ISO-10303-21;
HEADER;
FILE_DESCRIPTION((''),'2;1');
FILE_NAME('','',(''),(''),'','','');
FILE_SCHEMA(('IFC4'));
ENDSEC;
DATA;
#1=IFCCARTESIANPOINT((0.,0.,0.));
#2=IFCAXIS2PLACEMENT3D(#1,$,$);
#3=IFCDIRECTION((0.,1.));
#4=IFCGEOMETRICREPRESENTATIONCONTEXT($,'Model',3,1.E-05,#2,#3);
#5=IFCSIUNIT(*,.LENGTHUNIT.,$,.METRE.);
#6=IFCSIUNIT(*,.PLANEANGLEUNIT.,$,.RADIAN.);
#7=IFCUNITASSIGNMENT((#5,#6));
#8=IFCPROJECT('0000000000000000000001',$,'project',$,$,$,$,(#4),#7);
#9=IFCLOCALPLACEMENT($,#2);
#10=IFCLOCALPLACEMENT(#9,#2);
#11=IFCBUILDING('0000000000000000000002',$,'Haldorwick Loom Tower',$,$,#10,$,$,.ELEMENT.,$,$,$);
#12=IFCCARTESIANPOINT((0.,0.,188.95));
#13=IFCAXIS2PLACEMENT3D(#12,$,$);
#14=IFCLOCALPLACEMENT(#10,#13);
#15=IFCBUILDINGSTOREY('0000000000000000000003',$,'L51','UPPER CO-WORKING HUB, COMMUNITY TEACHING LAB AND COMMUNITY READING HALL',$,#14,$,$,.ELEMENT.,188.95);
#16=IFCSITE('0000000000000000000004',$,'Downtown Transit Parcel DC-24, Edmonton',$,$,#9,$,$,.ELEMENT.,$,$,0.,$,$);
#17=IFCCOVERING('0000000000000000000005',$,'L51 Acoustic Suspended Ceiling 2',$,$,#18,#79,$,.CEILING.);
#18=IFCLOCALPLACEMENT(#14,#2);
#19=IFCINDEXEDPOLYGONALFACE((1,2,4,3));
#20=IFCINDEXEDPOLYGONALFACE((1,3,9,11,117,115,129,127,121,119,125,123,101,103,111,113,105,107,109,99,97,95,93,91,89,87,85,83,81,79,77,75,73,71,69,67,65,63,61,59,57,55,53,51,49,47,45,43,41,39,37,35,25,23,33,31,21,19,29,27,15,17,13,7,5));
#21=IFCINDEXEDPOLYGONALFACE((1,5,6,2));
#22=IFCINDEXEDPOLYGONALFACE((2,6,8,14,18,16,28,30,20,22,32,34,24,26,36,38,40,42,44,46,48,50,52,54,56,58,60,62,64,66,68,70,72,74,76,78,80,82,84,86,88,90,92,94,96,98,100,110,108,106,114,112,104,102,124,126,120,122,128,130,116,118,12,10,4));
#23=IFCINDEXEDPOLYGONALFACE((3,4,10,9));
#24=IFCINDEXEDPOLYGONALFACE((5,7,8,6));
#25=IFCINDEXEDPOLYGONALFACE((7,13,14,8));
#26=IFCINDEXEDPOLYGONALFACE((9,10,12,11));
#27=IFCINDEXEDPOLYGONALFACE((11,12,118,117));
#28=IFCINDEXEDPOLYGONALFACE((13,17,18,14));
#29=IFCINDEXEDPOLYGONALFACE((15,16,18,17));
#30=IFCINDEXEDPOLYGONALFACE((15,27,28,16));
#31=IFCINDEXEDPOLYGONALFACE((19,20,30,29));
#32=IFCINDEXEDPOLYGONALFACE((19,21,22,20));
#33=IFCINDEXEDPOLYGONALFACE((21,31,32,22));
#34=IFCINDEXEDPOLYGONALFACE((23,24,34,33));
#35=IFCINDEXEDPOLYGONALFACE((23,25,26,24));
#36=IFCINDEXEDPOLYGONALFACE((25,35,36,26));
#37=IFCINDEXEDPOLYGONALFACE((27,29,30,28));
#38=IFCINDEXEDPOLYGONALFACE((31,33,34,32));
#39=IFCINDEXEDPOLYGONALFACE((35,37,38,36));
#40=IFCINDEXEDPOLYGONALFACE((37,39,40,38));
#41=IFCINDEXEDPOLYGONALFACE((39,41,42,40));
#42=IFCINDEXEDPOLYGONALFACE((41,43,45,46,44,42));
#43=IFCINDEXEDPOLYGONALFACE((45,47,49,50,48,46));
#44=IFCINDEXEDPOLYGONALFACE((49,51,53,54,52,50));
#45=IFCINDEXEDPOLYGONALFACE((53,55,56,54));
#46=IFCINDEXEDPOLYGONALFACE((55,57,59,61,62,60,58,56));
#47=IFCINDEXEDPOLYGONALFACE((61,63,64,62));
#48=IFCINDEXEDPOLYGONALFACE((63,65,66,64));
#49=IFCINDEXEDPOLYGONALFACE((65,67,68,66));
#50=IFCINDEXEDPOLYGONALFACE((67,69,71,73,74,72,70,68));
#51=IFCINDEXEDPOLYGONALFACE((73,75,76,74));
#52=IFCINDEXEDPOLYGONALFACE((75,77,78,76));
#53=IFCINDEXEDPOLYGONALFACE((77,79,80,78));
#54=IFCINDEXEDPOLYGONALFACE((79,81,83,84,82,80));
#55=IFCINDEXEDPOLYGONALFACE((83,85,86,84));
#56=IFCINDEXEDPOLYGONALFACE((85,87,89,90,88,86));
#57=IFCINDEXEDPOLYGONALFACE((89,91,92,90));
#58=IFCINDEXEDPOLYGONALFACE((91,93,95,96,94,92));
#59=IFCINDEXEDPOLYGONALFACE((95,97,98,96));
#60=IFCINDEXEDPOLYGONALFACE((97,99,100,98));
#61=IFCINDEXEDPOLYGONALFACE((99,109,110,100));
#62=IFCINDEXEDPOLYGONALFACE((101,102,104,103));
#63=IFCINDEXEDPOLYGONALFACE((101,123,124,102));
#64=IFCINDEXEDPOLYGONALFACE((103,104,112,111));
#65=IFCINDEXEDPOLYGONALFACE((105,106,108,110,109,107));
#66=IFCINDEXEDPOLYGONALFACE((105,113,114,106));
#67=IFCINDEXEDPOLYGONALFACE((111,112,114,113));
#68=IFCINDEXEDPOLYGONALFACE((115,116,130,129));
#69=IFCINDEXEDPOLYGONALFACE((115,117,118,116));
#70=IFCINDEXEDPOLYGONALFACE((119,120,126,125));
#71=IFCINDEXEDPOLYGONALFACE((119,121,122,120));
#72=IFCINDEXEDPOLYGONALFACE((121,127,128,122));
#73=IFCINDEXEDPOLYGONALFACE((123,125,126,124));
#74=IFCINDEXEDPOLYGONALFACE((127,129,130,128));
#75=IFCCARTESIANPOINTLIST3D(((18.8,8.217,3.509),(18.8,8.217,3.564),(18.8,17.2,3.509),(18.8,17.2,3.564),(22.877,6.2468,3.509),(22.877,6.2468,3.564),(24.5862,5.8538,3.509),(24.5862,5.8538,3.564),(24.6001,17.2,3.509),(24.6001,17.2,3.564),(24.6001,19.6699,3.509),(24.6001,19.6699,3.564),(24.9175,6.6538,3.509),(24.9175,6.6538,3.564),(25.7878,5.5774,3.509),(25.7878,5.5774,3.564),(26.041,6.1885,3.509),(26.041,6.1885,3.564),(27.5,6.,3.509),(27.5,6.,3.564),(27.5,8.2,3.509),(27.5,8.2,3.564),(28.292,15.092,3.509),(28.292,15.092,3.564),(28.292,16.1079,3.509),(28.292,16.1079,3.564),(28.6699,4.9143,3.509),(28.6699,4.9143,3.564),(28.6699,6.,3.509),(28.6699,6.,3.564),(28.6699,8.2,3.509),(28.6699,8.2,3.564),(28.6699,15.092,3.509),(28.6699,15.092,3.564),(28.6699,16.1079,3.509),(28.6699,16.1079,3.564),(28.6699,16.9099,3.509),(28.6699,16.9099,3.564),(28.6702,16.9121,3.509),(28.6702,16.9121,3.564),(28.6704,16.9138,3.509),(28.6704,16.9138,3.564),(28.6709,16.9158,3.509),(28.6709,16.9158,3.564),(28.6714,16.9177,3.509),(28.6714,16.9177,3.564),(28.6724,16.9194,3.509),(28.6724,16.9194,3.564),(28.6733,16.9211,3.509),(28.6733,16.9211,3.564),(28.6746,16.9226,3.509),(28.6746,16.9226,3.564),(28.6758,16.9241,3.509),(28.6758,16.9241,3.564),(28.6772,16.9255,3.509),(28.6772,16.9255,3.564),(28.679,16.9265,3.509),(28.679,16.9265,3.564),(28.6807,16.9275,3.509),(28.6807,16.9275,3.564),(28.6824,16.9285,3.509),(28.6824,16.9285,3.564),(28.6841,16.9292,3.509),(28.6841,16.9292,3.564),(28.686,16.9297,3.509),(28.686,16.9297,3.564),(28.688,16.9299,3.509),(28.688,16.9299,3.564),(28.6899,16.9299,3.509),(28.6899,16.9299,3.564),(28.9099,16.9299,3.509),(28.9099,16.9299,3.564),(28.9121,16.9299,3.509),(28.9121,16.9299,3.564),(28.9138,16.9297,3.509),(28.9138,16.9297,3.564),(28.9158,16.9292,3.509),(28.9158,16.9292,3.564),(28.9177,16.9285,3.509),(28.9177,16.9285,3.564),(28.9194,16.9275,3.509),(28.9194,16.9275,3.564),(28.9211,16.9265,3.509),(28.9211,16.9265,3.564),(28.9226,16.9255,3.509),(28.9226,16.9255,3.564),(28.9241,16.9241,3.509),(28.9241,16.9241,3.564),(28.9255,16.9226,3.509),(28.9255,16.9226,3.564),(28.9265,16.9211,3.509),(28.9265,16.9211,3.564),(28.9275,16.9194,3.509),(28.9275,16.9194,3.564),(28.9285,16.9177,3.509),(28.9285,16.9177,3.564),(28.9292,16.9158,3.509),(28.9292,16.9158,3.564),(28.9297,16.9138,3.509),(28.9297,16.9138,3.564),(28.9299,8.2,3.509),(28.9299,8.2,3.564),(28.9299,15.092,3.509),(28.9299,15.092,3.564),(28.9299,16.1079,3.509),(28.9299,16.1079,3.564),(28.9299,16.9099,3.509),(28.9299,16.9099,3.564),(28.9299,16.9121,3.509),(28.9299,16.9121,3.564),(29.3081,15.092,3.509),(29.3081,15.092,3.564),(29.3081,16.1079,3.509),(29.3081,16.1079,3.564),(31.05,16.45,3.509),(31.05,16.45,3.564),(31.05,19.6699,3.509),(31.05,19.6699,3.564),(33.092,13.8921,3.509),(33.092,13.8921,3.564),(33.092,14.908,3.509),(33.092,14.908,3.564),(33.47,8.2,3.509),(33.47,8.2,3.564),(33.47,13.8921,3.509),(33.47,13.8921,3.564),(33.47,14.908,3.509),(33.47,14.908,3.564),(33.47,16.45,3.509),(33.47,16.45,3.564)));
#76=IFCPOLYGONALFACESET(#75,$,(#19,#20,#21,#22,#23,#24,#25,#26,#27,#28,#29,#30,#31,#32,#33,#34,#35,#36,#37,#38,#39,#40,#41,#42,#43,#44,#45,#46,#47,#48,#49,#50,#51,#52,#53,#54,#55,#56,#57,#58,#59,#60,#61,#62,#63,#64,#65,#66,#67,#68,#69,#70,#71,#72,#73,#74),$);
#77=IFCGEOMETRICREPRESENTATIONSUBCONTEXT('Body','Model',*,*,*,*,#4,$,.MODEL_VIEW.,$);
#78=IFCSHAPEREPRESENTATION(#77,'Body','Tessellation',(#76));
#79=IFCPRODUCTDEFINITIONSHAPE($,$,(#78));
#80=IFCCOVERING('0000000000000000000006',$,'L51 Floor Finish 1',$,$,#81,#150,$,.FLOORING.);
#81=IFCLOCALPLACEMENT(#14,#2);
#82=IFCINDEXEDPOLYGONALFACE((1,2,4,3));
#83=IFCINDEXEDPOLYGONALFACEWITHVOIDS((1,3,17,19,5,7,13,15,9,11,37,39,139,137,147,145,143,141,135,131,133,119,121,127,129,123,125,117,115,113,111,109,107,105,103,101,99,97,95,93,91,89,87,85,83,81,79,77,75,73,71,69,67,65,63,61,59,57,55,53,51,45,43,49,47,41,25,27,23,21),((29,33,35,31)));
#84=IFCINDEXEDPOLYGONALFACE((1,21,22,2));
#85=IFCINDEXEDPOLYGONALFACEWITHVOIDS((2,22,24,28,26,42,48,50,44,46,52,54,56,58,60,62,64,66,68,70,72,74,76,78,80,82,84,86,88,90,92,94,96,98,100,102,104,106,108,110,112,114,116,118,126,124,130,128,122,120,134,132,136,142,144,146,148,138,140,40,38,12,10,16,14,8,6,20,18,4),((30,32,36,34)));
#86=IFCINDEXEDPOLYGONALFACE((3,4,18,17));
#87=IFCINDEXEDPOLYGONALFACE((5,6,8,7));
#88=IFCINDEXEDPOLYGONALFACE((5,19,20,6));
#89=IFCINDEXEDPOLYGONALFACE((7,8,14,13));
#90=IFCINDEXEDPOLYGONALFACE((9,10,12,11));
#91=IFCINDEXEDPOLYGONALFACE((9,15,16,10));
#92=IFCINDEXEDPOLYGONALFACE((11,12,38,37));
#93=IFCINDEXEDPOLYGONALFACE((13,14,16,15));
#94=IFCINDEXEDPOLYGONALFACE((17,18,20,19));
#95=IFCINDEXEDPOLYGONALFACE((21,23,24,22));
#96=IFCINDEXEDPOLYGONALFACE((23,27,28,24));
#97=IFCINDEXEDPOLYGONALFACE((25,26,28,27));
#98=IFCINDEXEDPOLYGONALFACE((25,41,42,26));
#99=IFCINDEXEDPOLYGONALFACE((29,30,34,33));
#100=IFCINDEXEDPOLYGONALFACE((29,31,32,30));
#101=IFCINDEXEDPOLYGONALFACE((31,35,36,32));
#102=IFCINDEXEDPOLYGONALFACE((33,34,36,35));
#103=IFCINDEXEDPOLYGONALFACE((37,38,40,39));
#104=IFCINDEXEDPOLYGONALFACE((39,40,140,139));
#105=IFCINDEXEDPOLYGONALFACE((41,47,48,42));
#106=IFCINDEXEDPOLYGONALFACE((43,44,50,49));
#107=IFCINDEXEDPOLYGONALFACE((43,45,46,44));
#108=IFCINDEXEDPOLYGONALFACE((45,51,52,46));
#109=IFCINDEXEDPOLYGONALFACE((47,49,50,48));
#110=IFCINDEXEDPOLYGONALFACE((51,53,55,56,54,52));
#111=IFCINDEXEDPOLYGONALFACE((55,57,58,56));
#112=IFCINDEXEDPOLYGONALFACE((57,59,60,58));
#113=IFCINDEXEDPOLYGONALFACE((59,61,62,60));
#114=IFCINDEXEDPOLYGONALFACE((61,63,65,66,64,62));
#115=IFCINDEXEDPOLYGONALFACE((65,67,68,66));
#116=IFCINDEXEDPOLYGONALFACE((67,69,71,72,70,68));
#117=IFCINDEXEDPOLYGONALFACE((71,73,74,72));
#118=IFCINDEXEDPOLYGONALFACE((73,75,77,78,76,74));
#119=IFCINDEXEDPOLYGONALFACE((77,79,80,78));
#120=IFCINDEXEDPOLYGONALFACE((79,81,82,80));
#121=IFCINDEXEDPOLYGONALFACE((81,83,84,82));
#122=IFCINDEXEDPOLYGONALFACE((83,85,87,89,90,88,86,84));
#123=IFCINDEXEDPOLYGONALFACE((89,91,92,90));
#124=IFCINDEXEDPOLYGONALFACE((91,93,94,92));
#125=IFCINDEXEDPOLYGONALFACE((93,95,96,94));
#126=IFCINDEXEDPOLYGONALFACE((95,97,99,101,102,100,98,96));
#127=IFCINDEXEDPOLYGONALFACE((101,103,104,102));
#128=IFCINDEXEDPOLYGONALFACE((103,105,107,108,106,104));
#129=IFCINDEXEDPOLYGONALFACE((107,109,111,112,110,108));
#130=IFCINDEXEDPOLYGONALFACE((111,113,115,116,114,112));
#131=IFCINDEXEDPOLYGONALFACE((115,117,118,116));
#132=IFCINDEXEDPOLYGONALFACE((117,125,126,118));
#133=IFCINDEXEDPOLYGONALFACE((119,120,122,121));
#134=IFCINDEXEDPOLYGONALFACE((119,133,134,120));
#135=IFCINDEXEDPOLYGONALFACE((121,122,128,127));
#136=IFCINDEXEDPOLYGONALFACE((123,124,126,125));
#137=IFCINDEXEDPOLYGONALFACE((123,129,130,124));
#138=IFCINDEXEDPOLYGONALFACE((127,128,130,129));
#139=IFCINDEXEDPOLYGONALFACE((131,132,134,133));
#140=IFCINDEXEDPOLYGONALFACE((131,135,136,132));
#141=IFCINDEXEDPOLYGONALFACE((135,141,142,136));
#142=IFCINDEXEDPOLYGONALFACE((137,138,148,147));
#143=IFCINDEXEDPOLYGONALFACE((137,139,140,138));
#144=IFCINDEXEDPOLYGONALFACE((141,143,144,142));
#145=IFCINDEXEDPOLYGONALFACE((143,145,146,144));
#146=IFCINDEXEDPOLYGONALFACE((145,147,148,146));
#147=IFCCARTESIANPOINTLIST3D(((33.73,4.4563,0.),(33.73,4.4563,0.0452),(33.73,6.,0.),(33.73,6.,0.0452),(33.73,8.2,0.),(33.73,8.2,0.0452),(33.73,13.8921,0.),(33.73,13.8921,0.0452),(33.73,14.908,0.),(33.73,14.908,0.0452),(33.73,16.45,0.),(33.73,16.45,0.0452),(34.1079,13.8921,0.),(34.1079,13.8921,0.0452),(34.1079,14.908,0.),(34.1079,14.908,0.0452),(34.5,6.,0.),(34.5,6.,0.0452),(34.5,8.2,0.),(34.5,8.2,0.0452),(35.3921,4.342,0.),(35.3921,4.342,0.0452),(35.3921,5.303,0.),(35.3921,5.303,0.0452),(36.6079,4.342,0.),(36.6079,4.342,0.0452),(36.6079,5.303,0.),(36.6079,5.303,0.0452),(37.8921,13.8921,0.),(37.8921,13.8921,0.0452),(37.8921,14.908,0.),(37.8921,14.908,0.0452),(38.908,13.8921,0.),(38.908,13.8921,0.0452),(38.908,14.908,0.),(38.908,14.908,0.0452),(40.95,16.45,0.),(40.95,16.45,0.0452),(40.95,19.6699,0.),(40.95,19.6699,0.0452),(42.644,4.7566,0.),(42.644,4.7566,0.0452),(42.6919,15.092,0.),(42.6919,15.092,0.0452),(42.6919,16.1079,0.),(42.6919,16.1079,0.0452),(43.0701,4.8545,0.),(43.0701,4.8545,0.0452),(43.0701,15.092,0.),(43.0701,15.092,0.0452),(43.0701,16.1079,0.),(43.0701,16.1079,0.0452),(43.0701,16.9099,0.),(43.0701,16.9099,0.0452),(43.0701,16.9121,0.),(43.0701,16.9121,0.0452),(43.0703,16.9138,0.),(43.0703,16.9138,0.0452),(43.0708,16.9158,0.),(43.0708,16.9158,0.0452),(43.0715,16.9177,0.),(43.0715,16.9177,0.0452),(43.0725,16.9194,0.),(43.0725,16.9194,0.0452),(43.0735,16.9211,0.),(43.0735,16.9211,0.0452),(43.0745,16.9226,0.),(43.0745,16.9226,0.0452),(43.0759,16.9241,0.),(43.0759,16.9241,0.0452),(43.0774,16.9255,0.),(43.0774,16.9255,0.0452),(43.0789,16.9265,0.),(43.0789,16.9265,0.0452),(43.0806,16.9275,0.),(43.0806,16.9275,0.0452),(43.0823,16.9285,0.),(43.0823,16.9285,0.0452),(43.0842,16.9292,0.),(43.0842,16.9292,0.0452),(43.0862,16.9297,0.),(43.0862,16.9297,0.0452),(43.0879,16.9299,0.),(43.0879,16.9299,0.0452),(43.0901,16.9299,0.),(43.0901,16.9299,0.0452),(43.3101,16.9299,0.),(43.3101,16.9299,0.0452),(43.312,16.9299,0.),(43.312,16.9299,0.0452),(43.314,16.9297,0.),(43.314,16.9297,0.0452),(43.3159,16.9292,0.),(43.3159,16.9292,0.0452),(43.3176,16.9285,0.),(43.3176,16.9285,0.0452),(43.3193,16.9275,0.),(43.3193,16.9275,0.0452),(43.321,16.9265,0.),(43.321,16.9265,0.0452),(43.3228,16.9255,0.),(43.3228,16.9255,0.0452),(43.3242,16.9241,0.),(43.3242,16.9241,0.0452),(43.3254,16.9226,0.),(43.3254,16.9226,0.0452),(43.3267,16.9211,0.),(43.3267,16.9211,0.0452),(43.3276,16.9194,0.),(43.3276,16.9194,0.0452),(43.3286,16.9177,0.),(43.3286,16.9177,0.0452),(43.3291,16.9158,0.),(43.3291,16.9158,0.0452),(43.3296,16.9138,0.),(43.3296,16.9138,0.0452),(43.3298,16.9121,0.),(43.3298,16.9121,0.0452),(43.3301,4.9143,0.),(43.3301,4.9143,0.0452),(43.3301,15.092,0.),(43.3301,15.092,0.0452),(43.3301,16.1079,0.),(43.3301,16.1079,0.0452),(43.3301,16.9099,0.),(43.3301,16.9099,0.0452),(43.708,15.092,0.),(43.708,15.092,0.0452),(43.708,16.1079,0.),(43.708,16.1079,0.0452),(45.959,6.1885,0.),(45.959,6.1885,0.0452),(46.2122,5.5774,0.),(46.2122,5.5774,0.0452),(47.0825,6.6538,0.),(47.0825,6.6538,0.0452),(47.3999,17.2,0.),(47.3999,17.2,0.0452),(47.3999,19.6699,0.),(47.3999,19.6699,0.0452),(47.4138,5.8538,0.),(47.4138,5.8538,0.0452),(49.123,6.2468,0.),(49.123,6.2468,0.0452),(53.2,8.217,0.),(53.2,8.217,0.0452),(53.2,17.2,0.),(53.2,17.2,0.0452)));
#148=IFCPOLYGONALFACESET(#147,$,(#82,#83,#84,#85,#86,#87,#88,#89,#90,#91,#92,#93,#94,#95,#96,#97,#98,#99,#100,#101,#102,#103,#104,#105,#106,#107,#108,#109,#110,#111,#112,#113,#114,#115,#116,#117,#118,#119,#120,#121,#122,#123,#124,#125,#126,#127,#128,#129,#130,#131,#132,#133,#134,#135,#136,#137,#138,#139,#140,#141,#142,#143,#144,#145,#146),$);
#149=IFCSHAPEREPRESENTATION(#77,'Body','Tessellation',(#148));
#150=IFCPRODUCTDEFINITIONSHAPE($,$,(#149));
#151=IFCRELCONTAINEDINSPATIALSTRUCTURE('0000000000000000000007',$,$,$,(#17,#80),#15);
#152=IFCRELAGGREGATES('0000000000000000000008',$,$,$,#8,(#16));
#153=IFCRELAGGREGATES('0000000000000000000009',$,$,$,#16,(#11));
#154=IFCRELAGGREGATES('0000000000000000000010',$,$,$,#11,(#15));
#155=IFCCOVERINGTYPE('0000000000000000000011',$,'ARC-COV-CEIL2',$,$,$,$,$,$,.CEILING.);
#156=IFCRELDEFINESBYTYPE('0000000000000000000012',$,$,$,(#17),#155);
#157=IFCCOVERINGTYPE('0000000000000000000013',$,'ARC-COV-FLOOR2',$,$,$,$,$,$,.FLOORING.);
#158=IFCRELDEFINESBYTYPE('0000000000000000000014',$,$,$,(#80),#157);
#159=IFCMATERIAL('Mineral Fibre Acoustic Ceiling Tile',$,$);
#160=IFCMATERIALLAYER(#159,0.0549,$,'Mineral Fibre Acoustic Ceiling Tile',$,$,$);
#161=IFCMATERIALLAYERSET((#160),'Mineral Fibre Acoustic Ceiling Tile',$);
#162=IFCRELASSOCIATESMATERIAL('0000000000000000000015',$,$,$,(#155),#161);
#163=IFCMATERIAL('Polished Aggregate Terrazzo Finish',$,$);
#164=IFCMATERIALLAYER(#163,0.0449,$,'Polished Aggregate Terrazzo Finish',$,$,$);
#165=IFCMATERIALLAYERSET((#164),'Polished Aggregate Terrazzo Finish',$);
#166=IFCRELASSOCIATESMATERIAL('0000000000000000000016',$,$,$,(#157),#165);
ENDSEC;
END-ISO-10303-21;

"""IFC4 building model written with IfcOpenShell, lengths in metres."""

from ifc_helpers import new_model, si_unit, direction, frame, origin, place, context, subcontext, project, spatial, polyline, outline, extrude, material, layer, layer_set, type_object, element, save


model = new_model("IFC4")

# Units and contexts
model_context = context("Model", 3, precision=1e-05, world=origin(), true_north=direction((0.0, 1.0)))
body_context = subcontext(model_context, "Body", "Model", "MODEL_VIEW")
ifc_project = project(units=[si_unit("LENGTHUNIT", "METRE"), si_unit("PLANEANGLEUNIT", "RADIAN")], contexts=[model_context])

# Site, building, storey
site_placement = place(None, origin())
site = spatial("IfcSite", under=ifc_project, at=site_placement, Name="Downtown Transit Parcel DC-24, Edmonton", CompositionType="ELEMENT", RefElevation=0.0)
building_placement = place(site_placement, origin())
building = spatial("IfcBuilding", under=site, at=building_placement, Name="Haldorwick Loom Tower", CompositionType="ELEMENT")
storey_placement = place(building_placement, frame((0.0, 0.0, 188.95)))
storey = spatial("IfcBuildingStorey", under=building, at=storey_placement, Name="L51", Description="UPPER CO-WORKING HUB, COMMUNITY TEACHING LAB AND COMMUNITY READING HALL", CompositionType="ELEMENT", Elevation=188.95)

# Coverings
ifc_material_1 = material(Name="Mineral Fibre Acoustic Ceiling Tile")
ifc_layer_1 = layer(ifc_material_1, 0.0549, Name="Mineral Fibre Acoustic Ceiling Tile")
ifc_layer_set_1 = layer_set([ifc_layer_1], Name="Mineral Fibre Acoustic Ceiling Tile")
covering_type_1 = type_object("IfcCoveringType", Name="ARC-COV-CEIL2", PredefinedType="CEILING", material=ifc_layer_set_1)
covering_1_placement = place(storey_placement, frame((0.0, 0.0, 3.509)))
element("IfcCovering", 1, at=covering_1_placement, inside=storey, type_object=covering_type_1, Name="L51 Acoustic Suspended Ceiling 2", PredefinedType="CEILING", context=body_context, shape_type="SweptSolid", body=[
    extrude(outline(polyline([(28.9299, 8.2), (33.47, 8.2), (33.47, 13.8921), (33.092, 13.8921), (33.092, 14.908), (33.47, 14.908), (33.47, 16.45), (31.05, 16.45), (31.05, 19.6699), (24.6001, 19.6699), (24.6001, 17.2), (18.8, 17.2), (18.8, 8.217), (22.877, 6.2468), (24.5862, 5.8538), (24.9175, 6.6538), (26.041, 6.1885), (25.7878, 5.5774), (28.6699, 4.9143), (28.6699, 6.0), (27.5, 6.0), (27.5, 8.2), (28.6699, 8.2), (28.6699, 15.092), (28.292, 15.092), (28.292, 16.1079), (28.6699, 16.1079), (28.6699, 16.9099), (28.6702, 16.9121), (28.6704, 16.9138), (28.6709, 16.9158), (28.6714, 16.9177), (28.6724, 16.9194), (28.6733, 16.9211), (28.6746, 16.9226), (28.6758, 16.9241), (28.6772, 16.9255), (28.679, 16.9265), (28.6807, 16.9275), (28.6824, 16.9285), (28.6841, 16.9292), (28.686, 16.9297), (28.688, 16.9299), (28.6899, 16.9299), (28.9099, 16.9299), (28.9121, 16.9299), (28.9138, 16.9297), (28.9158, 16.9292), (28.9177, 16.9285), (28.9194, 16.9275), (28.9211, 16.9265), (28.9226, 16.9255), (28.9241, 16.9241), (28.9255, 16.9226), (28.9265, 16.9211), (28.9275, 16.9194), (28.9285, 16.9177), (28.9292, 16.9158), (28.9297, 16.9138), (28.9299, 16.9121), (28.9299, 16.9099), (28.9299, 16.1079), (29.3081, 16.1079), (29.3081, 15.092), (28.9299, 15.092), (28.9299, 8.2)])), origin(), (0.0, 0.0, 1.0), 0.0549),
])
ifc_material_2 = material(Name="Polished Aggregate Terrazzo Finish")
ifc_layer_2 = layer(ifc_material_2, 0.0449, Name="Polished Aggregate Terrazzo Finish")
ifc_layer_set_2 = layer_set([ifc_layer_2], Name="Polished Aggregate Terrazzo Finish")
covering_type_2 = type_object("IfcCoveringType", Name="ARC-COV-FLOOR2", PredefinedType="FLOORING", material=ifc_layer_set_2)
covering_2_placement = place(storey_placement, origin())
element("IfcCovering", 2, at=covering_2_placement, inside=storey, type_object=covering_type_2, Name="L51 Floor Finish 1", PredefinedType="FLOORING", context=body_context, shape_type="SweptSolid", body=[
    extrude(outline(polyline([(53.2, 8.217), (53.2, 17.2), (47.3999, 17.2), (47.3999, 19.6699), (40.95, 19.6699), (40.95, 16.45), (33.73, 16.45), (33.73, 14.908), (34.1079, 14.908), (34.1079, 13.8921), (33.73, 13.8921), (33.73, 8.2), (34.5, 8.2), (34.5, 6.0), (33.73, 6.0), (33.73, 4.4563), (35.3921, 4.342), (35.3921, 5.303), (36.6079, 5.303), (36.6079, 4.342), (42.644, 4.7566), (43.0701, 4.8545), (43.0701, 15.092), (42.6919, 15.092), (42.6919, 16.1079), (43.0701, 16.1079), (43.0701, 16.9099), (43.0701, 16.9121), (43.0703, 16.9138), (43.0708, 16.9158), (43.0715, 16.9177), (43.0725, 16.9194), (43.0735, 16.9211), (43.0745, 16.9226), (43.0759, 16.9241), (43.0774, 16.9255), (43.0789, 16.9265), (43.0806, 16.9275), (43.0823, 16.9285), (43.0842, 16.9292), (43.0862, 16.9297), (43.0879, 16.9299), (43.0901, 16.9299), (43.3101, 16.9299), (43.312, 16.9299), (43.314, 16.9297), (43.3159, 16.9292), (43.3176, 16.9285), (43.3193, 16.9275), (43.321, 16.9265), (43.3228, 16.9255), (43.3242, 16.9241), (43.3254, 16.9226), (43.3267, 16.9211), (43.3276, 16.9194), (43.3286, 16.9177), (43.3291, 16.9158), (43.3296, 16.9138), (43.3298, 16.9121), (43.3301, 16.9099), (43.3301, 16.1079), (43.708, 16.1079), (43.708, 15.092), (43.3301, 15.092), (43.3301, 4.9143), (46.2122, 5.5774), (45.959, 6.1885), (47.0825, 6.6538), (47.4138, 5.8538), (49.123, 6.2468), (53.2, 8.217)]), holes=[polyline([(38.908, 14.908), (38.908, 13.8921), (37.8921, 13.8921), (37.8921, 14.908), (38.908, 14.908)])]), origin(), (0.0, 0.0, 1.0), 0.0452),
])

save(model, "model.ifc")
